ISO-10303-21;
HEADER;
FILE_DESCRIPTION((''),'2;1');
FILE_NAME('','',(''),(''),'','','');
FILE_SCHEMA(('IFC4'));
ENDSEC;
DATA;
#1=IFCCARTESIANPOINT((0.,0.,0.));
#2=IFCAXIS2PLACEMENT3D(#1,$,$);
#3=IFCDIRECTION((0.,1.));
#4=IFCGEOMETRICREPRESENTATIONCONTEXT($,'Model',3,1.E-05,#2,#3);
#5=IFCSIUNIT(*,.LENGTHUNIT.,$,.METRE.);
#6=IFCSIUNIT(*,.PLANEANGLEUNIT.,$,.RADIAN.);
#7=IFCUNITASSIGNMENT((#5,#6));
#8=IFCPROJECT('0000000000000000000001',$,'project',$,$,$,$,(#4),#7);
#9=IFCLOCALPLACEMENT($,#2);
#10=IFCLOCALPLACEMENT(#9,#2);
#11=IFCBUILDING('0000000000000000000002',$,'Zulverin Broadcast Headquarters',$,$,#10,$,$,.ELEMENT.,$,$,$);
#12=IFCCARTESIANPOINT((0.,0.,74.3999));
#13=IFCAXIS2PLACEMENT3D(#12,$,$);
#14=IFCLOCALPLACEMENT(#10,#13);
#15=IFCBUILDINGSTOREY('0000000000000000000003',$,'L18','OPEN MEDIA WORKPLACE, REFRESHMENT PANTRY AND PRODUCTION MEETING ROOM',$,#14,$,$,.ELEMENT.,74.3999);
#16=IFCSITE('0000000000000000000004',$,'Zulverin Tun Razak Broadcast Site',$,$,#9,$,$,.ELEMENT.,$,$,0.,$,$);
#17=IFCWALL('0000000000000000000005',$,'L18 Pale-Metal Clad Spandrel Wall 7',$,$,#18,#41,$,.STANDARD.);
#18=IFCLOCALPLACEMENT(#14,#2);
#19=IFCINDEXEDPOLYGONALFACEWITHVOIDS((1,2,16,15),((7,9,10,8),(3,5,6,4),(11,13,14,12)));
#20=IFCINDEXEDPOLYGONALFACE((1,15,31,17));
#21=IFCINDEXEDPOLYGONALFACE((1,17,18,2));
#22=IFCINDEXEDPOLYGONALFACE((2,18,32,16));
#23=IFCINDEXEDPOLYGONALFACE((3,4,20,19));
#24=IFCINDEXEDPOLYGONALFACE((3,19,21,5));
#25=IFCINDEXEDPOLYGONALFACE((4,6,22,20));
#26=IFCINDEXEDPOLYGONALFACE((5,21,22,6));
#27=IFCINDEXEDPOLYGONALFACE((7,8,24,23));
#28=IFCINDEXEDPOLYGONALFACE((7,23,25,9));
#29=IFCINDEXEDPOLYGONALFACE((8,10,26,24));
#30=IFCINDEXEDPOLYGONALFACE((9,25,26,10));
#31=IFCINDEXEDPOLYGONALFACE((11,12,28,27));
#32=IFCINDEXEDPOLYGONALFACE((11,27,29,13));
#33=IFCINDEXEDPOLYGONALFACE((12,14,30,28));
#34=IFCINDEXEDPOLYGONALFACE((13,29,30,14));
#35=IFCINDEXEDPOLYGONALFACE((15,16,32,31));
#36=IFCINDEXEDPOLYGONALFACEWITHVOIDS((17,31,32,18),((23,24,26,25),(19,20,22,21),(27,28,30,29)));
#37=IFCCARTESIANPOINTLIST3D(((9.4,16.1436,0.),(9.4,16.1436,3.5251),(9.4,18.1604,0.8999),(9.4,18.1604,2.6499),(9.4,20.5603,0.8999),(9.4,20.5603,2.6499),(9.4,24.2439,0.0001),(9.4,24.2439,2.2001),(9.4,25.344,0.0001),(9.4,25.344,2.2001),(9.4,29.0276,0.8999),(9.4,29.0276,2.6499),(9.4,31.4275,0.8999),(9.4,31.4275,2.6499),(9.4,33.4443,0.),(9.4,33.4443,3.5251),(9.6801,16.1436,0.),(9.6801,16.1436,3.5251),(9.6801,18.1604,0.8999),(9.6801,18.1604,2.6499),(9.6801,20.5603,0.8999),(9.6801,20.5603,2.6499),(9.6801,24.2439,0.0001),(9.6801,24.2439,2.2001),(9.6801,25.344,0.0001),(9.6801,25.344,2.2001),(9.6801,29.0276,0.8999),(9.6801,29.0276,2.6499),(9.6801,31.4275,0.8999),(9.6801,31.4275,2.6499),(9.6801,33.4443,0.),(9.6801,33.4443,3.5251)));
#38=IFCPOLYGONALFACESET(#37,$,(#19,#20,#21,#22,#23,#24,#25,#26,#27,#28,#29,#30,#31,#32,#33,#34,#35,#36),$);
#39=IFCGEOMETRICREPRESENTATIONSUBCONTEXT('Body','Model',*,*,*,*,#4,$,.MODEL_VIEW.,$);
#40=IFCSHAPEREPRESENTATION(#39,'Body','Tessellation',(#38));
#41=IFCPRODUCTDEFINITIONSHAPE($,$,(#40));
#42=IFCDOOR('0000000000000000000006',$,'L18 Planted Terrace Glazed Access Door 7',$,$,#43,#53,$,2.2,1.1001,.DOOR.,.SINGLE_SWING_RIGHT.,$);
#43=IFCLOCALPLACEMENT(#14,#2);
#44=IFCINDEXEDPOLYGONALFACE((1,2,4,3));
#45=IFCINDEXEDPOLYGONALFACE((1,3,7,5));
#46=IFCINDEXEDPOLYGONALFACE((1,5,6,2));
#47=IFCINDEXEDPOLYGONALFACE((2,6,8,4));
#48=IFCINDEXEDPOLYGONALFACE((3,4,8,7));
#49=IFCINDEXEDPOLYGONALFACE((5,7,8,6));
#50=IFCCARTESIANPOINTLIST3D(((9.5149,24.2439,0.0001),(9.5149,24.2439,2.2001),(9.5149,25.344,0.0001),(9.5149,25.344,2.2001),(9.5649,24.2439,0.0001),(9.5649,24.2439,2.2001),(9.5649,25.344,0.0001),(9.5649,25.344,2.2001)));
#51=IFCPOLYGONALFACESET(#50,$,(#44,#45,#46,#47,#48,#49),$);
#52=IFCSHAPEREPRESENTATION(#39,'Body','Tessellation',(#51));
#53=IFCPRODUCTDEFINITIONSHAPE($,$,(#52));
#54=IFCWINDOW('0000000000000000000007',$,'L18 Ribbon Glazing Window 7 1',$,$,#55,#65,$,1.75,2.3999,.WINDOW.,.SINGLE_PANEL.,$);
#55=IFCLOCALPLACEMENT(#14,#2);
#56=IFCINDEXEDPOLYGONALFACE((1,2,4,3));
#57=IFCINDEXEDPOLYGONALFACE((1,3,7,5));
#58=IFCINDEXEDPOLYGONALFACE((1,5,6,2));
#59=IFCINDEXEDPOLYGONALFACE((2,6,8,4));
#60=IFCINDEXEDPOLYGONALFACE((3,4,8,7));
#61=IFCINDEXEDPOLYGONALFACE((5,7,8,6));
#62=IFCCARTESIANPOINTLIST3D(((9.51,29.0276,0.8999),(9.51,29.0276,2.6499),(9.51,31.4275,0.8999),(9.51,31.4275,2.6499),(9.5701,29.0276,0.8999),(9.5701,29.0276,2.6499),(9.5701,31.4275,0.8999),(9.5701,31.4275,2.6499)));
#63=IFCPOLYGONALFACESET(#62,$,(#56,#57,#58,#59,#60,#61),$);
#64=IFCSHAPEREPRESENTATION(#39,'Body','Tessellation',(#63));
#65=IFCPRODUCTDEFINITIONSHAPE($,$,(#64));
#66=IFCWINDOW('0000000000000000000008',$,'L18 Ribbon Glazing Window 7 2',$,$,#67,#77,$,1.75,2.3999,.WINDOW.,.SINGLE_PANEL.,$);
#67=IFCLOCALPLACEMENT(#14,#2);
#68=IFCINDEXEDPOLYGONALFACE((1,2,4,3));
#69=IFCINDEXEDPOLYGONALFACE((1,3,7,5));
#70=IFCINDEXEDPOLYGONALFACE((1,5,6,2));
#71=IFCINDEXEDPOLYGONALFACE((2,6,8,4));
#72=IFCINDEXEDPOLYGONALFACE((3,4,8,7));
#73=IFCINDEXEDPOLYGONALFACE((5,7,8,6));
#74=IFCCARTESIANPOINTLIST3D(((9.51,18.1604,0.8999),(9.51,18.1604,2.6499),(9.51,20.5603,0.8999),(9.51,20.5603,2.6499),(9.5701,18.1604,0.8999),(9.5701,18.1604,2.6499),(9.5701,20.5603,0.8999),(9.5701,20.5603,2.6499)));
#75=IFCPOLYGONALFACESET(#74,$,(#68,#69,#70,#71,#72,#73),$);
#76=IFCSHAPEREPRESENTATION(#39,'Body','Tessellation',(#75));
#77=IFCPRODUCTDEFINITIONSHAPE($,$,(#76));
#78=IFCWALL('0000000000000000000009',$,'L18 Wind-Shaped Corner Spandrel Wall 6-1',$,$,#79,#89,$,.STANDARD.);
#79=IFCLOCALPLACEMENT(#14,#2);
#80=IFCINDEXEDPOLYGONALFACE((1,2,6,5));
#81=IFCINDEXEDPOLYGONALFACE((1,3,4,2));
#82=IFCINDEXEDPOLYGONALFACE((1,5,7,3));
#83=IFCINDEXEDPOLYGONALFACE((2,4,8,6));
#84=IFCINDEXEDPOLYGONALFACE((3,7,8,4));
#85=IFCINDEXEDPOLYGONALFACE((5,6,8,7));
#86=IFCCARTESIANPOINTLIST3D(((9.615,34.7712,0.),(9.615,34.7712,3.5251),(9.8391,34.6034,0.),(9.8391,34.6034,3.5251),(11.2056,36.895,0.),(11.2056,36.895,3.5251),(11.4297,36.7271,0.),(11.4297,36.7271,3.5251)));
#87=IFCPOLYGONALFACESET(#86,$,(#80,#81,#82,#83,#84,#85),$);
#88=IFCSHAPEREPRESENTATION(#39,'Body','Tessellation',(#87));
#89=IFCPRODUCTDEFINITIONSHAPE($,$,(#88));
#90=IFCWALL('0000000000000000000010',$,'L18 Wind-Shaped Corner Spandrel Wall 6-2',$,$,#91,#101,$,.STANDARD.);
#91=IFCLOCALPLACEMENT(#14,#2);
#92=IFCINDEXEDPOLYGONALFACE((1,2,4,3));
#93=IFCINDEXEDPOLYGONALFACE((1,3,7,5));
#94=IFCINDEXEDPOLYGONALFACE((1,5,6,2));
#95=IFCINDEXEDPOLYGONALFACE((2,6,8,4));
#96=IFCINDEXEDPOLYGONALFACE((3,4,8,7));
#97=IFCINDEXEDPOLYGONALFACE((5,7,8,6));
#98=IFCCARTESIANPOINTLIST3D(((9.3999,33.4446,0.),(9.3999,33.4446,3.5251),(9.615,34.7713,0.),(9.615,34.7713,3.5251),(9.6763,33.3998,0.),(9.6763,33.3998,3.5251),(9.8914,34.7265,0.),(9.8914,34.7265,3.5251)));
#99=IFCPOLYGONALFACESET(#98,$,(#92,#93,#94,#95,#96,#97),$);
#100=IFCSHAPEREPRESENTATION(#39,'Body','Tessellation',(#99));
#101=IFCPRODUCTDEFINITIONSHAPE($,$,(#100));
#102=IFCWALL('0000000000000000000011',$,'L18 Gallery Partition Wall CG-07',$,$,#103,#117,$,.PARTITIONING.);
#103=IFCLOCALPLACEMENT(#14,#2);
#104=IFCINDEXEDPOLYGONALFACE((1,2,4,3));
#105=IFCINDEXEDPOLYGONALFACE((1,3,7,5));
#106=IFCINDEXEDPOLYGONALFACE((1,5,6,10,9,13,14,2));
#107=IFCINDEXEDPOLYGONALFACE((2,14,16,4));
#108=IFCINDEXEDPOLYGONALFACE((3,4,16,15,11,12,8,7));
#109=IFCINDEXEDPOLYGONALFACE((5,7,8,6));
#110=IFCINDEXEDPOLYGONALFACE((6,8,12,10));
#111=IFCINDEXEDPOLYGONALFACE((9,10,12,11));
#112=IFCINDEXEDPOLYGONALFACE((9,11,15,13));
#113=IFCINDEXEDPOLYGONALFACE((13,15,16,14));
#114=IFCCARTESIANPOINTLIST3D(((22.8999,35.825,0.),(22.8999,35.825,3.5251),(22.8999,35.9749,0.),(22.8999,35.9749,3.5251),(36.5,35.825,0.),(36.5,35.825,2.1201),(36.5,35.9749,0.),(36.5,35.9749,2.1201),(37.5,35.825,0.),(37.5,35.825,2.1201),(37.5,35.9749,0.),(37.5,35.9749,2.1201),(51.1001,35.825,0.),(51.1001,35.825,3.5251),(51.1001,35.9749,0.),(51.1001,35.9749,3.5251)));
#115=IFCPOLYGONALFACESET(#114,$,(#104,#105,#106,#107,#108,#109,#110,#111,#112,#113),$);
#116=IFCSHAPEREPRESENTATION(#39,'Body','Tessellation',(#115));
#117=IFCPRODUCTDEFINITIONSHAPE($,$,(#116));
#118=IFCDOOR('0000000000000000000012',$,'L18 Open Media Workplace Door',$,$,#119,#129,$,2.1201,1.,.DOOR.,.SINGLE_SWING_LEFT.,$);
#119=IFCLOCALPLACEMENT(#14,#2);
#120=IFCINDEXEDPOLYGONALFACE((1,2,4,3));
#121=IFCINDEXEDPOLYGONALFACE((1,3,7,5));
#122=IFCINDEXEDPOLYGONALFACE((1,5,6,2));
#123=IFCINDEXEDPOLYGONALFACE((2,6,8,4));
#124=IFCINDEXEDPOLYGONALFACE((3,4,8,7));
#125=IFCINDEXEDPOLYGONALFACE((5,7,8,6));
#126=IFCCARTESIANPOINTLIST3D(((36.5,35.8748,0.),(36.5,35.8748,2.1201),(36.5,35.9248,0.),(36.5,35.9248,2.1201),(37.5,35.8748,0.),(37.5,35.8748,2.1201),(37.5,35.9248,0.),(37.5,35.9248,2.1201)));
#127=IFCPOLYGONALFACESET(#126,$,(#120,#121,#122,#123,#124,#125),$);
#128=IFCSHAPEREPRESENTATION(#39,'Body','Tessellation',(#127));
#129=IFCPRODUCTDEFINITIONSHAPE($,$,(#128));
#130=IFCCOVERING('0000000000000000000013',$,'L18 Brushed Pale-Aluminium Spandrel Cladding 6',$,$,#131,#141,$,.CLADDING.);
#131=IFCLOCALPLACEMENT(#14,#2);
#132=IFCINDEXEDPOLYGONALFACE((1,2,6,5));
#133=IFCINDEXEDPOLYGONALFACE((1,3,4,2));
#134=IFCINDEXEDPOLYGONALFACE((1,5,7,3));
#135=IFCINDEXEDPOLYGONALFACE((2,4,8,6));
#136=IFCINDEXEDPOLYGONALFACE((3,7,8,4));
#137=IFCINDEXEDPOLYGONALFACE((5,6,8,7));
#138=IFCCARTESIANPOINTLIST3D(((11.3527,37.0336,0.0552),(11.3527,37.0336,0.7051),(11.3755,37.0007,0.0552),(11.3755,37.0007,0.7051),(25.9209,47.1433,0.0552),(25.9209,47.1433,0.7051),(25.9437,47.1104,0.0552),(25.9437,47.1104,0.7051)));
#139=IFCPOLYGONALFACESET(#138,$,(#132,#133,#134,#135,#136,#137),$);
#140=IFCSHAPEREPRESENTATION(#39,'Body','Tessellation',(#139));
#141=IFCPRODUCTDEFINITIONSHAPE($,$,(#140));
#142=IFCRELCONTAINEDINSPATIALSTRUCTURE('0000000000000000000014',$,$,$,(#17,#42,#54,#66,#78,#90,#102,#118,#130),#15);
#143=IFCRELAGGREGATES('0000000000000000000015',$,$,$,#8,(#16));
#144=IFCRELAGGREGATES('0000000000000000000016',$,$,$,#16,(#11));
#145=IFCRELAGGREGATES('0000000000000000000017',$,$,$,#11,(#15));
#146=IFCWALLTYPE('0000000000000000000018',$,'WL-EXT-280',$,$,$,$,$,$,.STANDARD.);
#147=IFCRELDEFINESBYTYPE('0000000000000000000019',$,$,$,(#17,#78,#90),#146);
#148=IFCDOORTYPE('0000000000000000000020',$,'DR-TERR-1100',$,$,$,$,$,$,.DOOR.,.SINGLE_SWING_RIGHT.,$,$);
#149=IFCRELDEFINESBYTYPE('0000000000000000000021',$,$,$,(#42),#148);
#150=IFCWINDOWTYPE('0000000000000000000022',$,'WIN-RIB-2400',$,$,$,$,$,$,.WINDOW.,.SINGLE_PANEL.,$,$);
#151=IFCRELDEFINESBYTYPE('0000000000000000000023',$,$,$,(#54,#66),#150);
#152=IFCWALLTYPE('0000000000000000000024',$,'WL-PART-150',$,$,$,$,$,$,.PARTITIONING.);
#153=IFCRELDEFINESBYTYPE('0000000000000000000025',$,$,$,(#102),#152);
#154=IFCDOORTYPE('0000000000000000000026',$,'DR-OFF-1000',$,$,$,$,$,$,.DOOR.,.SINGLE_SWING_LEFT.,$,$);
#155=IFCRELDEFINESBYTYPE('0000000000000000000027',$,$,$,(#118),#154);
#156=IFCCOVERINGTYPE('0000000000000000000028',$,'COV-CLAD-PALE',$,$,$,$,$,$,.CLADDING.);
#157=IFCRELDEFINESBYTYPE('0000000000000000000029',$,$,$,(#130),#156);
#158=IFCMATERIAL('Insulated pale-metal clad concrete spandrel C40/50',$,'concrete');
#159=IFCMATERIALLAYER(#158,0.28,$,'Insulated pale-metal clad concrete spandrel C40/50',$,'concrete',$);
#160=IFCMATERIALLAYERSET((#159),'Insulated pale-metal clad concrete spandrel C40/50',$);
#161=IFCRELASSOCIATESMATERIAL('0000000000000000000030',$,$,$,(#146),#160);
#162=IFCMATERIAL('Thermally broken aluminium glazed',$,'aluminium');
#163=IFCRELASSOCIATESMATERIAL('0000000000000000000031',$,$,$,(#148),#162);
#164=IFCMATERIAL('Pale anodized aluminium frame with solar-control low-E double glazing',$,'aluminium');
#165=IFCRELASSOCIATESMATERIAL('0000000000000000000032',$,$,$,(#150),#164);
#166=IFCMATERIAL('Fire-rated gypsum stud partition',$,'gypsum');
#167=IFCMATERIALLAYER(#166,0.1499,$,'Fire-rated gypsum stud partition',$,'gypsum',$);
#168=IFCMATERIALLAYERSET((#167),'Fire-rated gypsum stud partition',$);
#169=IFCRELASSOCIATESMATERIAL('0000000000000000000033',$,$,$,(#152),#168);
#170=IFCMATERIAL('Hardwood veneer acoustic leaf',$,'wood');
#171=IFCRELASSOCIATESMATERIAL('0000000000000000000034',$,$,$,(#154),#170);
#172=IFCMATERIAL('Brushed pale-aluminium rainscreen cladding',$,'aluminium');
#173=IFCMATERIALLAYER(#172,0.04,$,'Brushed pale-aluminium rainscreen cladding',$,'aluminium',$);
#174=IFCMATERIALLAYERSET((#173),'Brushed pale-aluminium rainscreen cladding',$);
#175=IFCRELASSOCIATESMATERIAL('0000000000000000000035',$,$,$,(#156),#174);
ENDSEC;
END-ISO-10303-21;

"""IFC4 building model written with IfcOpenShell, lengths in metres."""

from ifc_helpers import new_model, si_unit, direction, frame, frame_2d, origin, origin_2d, place, context, subcontext, project, spatial, rectangle, extrude, material, layer, layer_set, type_object, element, fill, save


model = new_model("IFC4")

# Units and contexts
model_context = context("Model", 3, precision=1e-05, world=origin(), true_north=direction((0.0, 1.0)))
body_context = subcontext(model_context, "Body", "Model", "MODEL_VIEW")
ifc_project = project(units=[si_unit("LENGTHUNIT", "METRE"), si_unit("PLANEANGLEUNIT", "RADIAN")], contexts=[model_context])

# Site, building, storey
site_placement = place(None, origin())
site = spatial("IfcSite", under=ifc_project, at=site_placement, Name="Zulverin Tun Razak Broadcast Site", CompositionType="ELEMENT", RefElevation=0.0)
building_placement = place(site_placement, origin())
building = spatial("IfcBuilding", under=site, at=building_placement, Name="Zulverin Broadcast Headquarters", CompositionType="ELEMENT")
storey_placement = place(building_placement, frame((0.0, 0.0, 74.3999)))
storey = spatial("IfcBuildingStorey", under=building, at=storey_placement, Name="L18", Description="OPEN MEDIA WORKPLACE, REFRESHMENT PANTRY AND PRODUCTION MEETING ROOM", CompositionType="ELEMENT", Elevation=74.3999)

# Wall, openings, door, windows
ifc_material_1 = material(Name="Insulated pale-metal clad concrete spandrel C40/50", Category="concrete")
ifc_layer_1 = layer(ifc_material_1, 0.28, Name="Insulated pale-metal clad concrete spandrel C40/50", Category="concrete")
ifc_layer_set_1 = layer_set([ifc_layer_1], Name="Insulated pale-metal clad concrete spandrel C40/50")
wall_type_1 = type_object("IfcWallType", Name="WL-EXT-280", PredefinedType="STANDARD", material=ifc_layer_set_1)
wall_1_placement = place(storey_placement, frame((9.54, 33.4443, 0.0), z_axis=(0.0, 0.0, 1.0), x_axis=(0.0, -1.0, 0.0)))
wall_1 = element("IfcWall", 1, at=wall_1_placement, inside=storey, type_object=wall_type_1, Name="L18 Pale-Metal Clad Spandrel Wall 7", PredefinedType="STANDARD", context=body_context, shape_type="SweptSolid", body=[
    extrude(rectangle(XDim=17.3008, YDim=0.28, at=frame_2d((8.6504, 0.0))), origin(), (0.0, 0.0, 1.0), 3.5251),
])
opening_1_placement = place(wall_1_placement, frame((8.1003, 0.0, 0.0)))
opening_1 = element("IfcOpeningElement", 2, at=opening_1_placement, cuts=wall_1, PredefinedType="OPENING", context=body_context, shape_type="SweptSolid", body=[
    extrude(rectangle(XDim=1.1001, YDim=2.2, at=frame_2d((0.55, 1.1001))), frame((0.0, 0.1499, 0.0), z_axis=(0.0, -1.0, 0.0), x_axis=(1.0, 0.0, 0.0)), (0.0, 0.0, 1.0), 0.3),
])
opening_2_placement = place(wall_1_placement, frame((2.0168, 0.0, 0.8999)))
opening_2 = element("IfcOpeningElement", 3, at=opening_2_placement, cuts=wall_1, PredefinedType="OPENING", context=body_context, shape_type="SweptSolid", body=[
    extrude(rectangle(XDim=2.3999, YDim=1.75, at=frame_2d((1.2, 0.875))), frame((0.0, 0.1499, 0.0), z_axis=(0.0, -1.0, 0.0), x_axis=(1.0, 0.0, 0.0)), (0.0, 0.0, 1.0), 0.3),
])
opening_3_placement = place(wall_1_placement, frame((12.884, 0.0, 0.8999)))
opening_3 = element("IfcOpeningElement", 4, at=opening_3_placement, cuts=wall_1, PredefinedType="OPENING", context=body_context, shape_type="SweptSolid", body=[
    extrude(rectangle(XDim=2.3999, YDim=1.75, at=frame_2d((1.2, 0.875))), frame((0.0, 0.1499, 0.0), z_axis=(0.0, -1.0, 0.0), x_axis=(1.0, 0.0, 0.0)), (0.0, 0.0, 1.0), 0.3),
])
ifc_material_2 = material(Name="Thermally broken aluminium glazed", Category="aluminium")
door_type_1 = type_object("IfcDoorType", Name="DR-TERR-1100", OperationType="SINGLE_SWING_RIGHT", PredefinedType="DOOR", material=ifc_material_2)
door_1_placement = place(opening_1_placement, origin())
door_1 = element("IfcDoor", 5, at=door_1_placement, inside=storey, type_object=door_type_1, Name="L18 Planted Terrace Glazed Access Door 7", OperationType="SINGLE_SWING_RIGHT", OverallHeight=2.2, OverallWidth=1.1001, PredefinedType="DOOR", context=body_context, shape_type="SweptSolid", body=[
    extrude(rectangle(XDim=1.1001, YDim=2.2, at=frame_2d((0.55, 1.1001))), frame((0.0, 0.0249, 0.0), z_axis=(0.0, -1.0, 0.0), x_axis=(1.0, 0.0, 0.0)), (0.0, 0.0, 1.0), 0.05),
])
fill(opening_1, door_1)
ifc_material_3 = material(Name="Pale anodized aluminium frame with solar-control low-E double glazing", Category="aluminium")
window_type = type_object("IfcWindowType", Name="WIN-RIB-2400", PartitioningType="SINGLE_PANEL", PredefinedType="WINDOW", material=ifc_material_3)
window_1_placement = place(opening_2_placement, origin())
window_1 = element("IfcWindow", 6, at=window_1_placement, inside=storey, type_object=window_type, Name="L18 Ribbon Glazing Window 7 1", OverallHeight=1.75, OverallWidth=2.3999, PartitioningType="SINGLE_PANEL", PredefinedType="WINDOW", context=body_context, shape_type="SweptSolid", body=[
    extrude(rectangle(XDim=2.3999, YDim=1.75, at=frame_2d((1.2, 0.875))), frame((0.0, 0.03, 0.0), z_axis=(0.0, -1.0, 0.0), x_axis=(1.0, 0.0, 0.0)), (0.0, 0.0, 1.0), 0.0601),
])
fill(opening_2, window_1)
window_2_placement = place(opening_3_placement, origin())
window_2 = element("IfcWindow", 7, at=window_2_placement, inside=storey, type_object=window_type, Name="L18 Ribbon Glazing Window 7 2", OverallHeight=1.75, OverallWidth=2.3999, PartitioningType="SINGLE_PANEL", PredefinedType="WINDOW", context=body_context, shape_type="SweptSolid", body=[
    extrude(rectangle(XDim=2.3999, YDim=1.75, at=frame_2d((1.2, 0.875))), frame((0.0, 0.03, 0.0), z_axis=(0.0, -1.0, 0.0), x_axis=(1.0, 0.0, 0.0)), (0.0, 0.0, 1.0), 0.0601),
])
fill(opening_3, window_2)

# Walls
wall_2_placement = place(storey_placement, frame((11.3176, 36.811, 0.0), z_axis=(0.0, 0.0, 1.0), x_axis=(-0.599455, -0.800408, 0.0)))
element("IfcWall", 8, at=wall_2_placement, inside=storey, type_object=wall_type_1, Name="L18 Wind-Shaped Corner Spandrel Wall 6-1", PredefinedType="STANDARD", context=body_context, shape_type="SweptSolid", body=[
    extrude(rectangle(XDim=2.6533, YDim=0.28, at=frame_2d((1.3267, 0.0))), origin(), (0.0, 0.0, 1.0), 3.5251),
])
wall_3_placement = place(storey_placement, frame((9.7532, 34.7488, 0.0), z_axis=(0.0, 0.0, 1.0), x_axis=(-0.160038, -0.987111, 0.0)))
element("IfcWall", 9, at=wall_3_placement, inside=storey, type_object=wall_type_1, Name="L18 Wind-Shaped Corner Spandrel Wall 6-2", PredefinedType="STANDARD", context=body_context, shape_type="SweptSolid", body=[
    extrude(rectangle(XDim=1.344, YDim=0.28, at=frame_2d((0.6719, 0.0))), origin(), (0.0, 0.0, 1.0), 3.5251),
])

# Wall, opening, door
ifc_material_4 = material(Name="Fire-rated gypsum stud partition", Category="gypsum")
ifc_layer_2 = layer(ifc_material_4, 0.1499, Name="Fire-rated gypsum stud partition", Category="gypsum")
ifc_layer_set_2 = layer_set([ifc_layer_2], Name="Fire-rated gypsum stud partition")
wall_type_2 = type_object("IfcWallType", Name="WL-PART-150", PredefinedType="PARTITIONING", material=ifc_layer_set_2)
wall_4_placement = place(storey_placement, frame((22.8999, 35.8999, 0.0), z_axis=(0.0, 0.0, 1.0), x_axis=(1.0, 0.0, 0.0)))
wall_4 = element("IfcWall", 10, at=wall_4_placement, inside=storey, type_object=wall_type_2, Name="L18 Gallery Partition Wall CG-07", PredefinedType="PARTITIONING", context=body_context, shape_type="SweptSolid", body=[
    extrude(rectangle(XDim=28.2002, YDim=0.1499, at=frame_2d((14.1001, 0.0))), origin(), (0.0, 0.0, 1.0), 3.5251),
])
opening_4_placement = place(wall_4_placement, frame((13.6001, 0.0, 0.0)))
opening_4 = element("IfcOpeningElement", 11, at=opening_4_placement, cuts=wall_4, PredefinedType="OPENING", context=body_context, shape_type="SweptSolid", body=[
    extrude(rectangle(XDim=1.0, YDim=2.1201, at=frame_2d((0.5, 1.0601))), frame((0.0, 0.085, 0.0), z_axis=(0.0, -1.0, 0.0), x_axis=(1.0, 0.0, 0.0)), (0.0, 0.0, 1.0), 0.1699),
])
ifc_material_5 = material(Name="Hardwood veneer acoustic leaf", Category="wood")
door_type_2 = type_object("IfcDoorType", Name="DR-OFF-1000", OperationType="SINGLE_SWING_LEFT", PredefinedType="DOOR", material=ifc_material_5)
door_2_placement = place(opening_4_placement, origin())
door_2 = element("IfcDoor", 12, at=door_2_placement, inside=storey, type_object=door_type_2, Name="L18 Open Media Workplace Door", OperationType="SINGLE_SWING_LEFT", OverallHeight=2.1201, OverallWidth=1.0, PredefinedType="DOOR", context=body_context, shape_type="SweptSolid", body=[
    extrude(rectangle(XDim=1.0, YDim=2.1201, at=frame_2d((0.5, 1.0601))), frame((0.0, 0.0249, 0.0), z_axis=(0.0, -1.0, 0.0), x_axis=(1.0, 0.0, 0.0)), (0.0, 0.0, 1.0), 0.05),
])
fill(opening_4, door_2)

# Covering
ifc_material_6 = material(Name="Brushed pale-aluminium rainscreen cladding", Category="aluminium")
ifc_layer_3 = layer(ifc_material_6, 0.04, Name="Brushed pale-aluminium rainscreen cladding", Category="aluminium")
ifc_layer_set_3 = layer_set([ifc_layer_3], Name="Brushed pale-aluminium rainscreen cladding")
covering_type = type_object("IfcCoveringType", Name="COV-CLAD-PALE", PredefinedType="CLADDING", material=ifc_layer_set_3)
covering_placement = place(storey_placement, frame((18.6482, 42.072, 0.0552), z_axis=(0.0, 0.0, 1.0), x_axis=(-0.821556, -0.570127, 0.0)))
element("IfcCovering", 13, at=covering_placement, inside=storey, type_object=covering_type, Name="L18 Brushed Pale-Aluminium Spandrel Cladding 6", PredefinedType="CLADDING", context=body_context, shape_type="SweptSolid", body=[
    extrude(rectangle(XDim=17.7324, YDim=0.04, at=origin_2d()), origin(), (0.0, 0.0, 1.0), 0.6499),
])

save(model, "model.ifc")
